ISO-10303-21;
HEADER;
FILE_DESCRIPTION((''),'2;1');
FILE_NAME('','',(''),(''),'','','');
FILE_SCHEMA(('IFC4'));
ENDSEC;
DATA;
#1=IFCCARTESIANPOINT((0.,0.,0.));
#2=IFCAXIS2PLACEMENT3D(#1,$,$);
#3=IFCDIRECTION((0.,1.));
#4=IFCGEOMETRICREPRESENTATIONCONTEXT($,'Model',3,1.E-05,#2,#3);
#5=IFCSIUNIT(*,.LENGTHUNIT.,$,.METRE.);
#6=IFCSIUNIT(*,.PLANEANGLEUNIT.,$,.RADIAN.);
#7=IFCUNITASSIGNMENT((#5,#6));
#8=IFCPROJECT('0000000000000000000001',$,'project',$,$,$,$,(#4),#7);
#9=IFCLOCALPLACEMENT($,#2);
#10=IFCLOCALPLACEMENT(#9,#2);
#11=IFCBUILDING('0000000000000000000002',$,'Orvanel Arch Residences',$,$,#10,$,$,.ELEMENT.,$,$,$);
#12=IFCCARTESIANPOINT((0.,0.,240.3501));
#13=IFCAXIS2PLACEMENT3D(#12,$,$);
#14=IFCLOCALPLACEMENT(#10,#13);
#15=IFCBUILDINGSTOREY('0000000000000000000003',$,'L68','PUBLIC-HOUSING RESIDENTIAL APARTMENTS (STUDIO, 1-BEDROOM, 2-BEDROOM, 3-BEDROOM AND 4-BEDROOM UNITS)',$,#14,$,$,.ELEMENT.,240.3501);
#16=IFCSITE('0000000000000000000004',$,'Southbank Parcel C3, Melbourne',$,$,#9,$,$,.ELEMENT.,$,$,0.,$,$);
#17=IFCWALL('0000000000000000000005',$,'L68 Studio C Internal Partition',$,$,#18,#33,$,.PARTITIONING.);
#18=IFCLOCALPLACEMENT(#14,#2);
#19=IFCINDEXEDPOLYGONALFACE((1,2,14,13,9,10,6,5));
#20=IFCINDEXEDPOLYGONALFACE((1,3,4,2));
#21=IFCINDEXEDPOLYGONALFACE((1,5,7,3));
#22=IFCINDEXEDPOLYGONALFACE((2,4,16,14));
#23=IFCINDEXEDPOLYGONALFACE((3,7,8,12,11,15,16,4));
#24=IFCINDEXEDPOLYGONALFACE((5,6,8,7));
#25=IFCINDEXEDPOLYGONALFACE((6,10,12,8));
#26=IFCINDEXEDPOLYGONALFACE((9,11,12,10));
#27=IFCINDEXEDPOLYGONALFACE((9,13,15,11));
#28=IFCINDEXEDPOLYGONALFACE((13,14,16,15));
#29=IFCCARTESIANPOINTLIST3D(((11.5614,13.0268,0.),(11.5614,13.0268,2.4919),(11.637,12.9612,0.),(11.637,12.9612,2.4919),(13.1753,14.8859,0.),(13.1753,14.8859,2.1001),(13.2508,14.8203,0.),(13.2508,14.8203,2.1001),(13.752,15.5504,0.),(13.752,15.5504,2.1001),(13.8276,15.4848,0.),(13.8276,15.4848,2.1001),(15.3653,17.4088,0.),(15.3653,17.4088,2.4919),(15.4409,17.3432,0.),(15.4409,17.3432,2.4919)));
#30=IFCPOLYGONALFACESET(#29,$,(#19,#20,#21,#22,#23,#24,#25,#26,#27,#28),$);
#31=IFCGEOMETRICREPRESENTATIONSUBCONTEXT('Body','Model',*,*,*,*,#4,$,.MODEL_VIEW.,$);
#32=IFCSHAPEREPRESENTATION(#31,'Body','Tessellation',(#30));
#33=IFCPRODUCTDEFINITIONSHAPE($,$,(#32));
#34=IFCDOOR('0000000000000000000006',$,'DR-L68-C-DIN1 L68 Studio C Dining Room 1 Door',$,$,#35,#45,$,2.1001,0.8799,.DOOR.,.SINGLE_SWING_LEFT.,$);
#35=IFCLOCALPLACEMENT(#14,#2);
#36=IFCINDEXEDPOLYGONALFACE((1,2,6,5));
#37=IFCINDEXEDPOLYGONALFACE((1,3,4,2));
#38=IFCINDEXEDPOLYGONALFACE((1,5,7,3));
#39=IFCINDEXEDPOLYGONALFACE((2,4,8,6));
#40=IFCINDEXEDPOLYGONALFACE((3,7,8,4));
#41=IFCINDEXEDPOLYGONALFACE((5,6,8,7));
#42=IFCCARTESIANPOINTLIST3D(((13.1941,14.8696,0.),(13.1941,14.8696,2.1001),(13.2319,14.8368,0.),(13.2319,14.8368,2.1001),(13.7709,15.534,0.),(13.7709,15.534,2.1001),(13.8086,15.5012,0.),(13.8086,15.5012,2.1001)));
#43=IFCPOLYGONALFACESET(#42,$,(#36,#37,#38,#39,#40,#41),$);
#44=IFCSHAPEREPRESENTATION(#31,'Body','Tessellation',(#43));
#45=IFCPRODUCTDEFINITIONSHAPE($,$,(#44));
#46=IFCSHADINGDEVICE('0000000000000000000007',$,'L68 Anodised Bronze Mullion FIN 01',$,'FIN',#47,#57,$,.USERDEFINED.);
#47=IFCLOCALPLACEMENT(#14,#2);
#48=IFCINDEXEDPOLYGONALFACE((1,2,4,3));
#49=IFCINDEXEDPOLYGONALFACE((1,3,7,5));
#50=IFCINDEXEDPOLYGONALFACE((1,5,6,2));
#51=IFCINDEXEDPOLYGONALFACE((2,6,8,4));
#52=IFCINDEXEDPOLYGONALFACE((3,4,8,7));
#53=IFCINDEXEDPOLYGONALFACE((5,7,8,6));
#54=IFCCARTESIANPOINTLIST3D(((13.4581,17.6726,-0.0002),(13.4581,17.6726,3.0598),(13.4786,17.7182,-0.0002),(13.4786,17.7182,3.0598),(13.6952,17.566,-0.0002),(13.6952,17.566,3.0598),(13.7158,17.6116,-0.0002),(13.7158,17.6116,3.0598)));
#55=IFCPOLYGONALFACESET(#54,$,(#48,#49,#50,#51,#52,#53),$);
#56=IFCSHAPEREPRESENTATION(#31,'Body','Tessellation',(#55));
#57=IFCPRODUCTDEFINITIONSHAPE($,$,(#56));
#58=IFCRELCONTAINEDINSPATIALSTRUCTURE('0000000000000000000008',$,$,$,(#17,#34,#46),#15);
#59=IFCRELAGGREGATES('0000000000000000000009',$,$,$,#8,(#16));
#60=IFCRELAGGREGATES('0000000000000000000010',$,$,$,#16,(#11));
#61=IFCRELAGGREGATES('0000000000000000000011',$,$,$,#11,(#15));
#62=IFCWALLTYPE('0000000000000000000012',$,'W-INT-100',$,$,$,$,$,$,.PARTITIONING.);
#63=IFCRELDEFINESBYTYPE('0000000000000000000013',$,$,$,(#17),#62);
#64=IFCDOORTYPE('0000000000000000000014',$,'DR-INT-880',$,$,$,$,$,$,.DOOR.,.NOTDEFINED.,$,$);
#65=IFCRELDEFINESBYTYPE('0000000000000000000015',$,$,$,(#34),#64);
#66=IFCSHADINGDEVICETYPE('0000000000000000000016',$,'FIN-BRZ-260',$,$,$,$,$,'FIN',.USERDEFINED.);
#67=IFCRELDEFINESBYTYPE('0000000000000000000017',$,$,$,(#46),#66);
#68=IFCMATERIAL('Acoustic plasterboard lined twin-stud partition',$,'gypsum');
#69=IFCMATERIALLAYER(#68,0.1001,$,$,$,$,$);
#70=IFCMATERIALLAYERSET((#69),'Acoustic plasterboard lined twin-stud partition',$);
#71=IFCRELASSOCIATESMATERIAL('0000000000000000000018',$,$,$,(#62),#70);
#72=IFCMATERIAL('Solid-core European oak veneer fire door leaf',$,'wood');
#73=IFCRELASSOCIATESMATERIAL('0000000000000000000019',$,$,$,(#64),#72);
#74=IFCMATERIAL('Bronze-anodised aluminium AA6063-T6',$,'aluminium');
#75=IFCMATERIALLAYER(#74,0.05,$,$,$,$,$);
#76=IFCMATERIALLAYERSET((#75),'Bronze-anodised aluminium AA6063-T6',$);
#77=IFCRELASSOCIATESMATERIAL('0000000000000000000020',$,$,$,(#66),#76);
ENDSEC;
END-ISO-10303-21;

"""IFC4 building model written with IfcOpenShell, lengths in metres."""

from ifc_helpers import new_model, si_unit, direction, frame, frame_2d, origin, origin_2d, place, context, subcontext, project, spatial, rectangle, extrude, material, layer, layer_set, type_object, element, fill, save


model = new_model("IFC4")

# Units and contexts
model_context = context("Model", 3, precision=1e-05, world=origin(), true_north=direction((0.0, 1.0)))
body_context = subcontext(model_context, "Body", "Model", "MODEL_VIEW")
ifc_project = project(units=[si_unit("LENGTHUNIT", "METRE"), si_unit("PLANEANGLEUNIT", "RADIAN")], contexts=[model_context])

# Site, building, storey
site_placement = place(None, origin())
site = spatial("IfcSite", under=ifc_project, at=site_placement, Name="Southbank Parcel C3, Melbourne", CompositionType="ELEMENT", RefElevation=0.0)
building_placement = place(site_placement, origin())
building = spatial("IfcBuilding", under=site, at=building_placement, Name="Orvanel Arch Residences", CompositionType="ELEMENT")
storey_placement = place(building_placement, frame((0.0, 0.0, 240.3501)))
storey = spatial("IfcBuildingStorey", under=building, at=storey_placement, Name="L68", Description="PUBLIC-HOUSING RESIDENTIAL APARTMENTS (STUDIO, 1-BEDROOM, 2-BEDROOM, 3-BEDROOM AND 4-BEDROOM UNITS)", CompositionType="ELEMENT", Elevation=240.3501)

# Shared definitions
ifc_material_1 = material(Name="Bronze-anodised aluminium AA6063-T6", Category="aluminium")

# Wall, opening, door
ifc_material_2 = material(Name="Acoustic plasterboard lined twin-stud partition", Category="gypsum")
ifc_layer_1 = layer(ifc_material_2, 0.1001)
ifc_layer_set_1 = layer_set([ifc_layer_1], Name="Acoustic plasterboard lined twin-stud partition")
wall_type = type_object("IfcWallType", Name="W-INT-100", PredefinedType="PARTITIONING", material=ifc_layer_set_1)
wall_placement = place(storey_placement, frame((15.4031, 17.376, 0.0), z_axis=(0.0, 0.0, 1.0), x_axis=(-0.655536, -0.755164, 0.0)))
wall = element("IfcWall", 1, at=wall_placement, inside=storey, type_object=wall_type, Name="L68 Studio C Internal Partition", PredefinedType="PARTITIONING", context=body_context, shape_type="SweptSolid", body=[
    extrude(rectangle(XDim=5.8027, YDim=0.1001, at=frame_2d((2.9014, 0.0))), origin(), (0.0, 0.0, 1.0), 2.4919),
])
opening_placement = place(wall_placement, frame((2.4609, 0.0, 0.0)))
opening = element("IfcOpeningElement", 2, at=opening_placement, cuts=wall, PredefinedType="OPENING", context=body_context, shape_type="SweptSolid", body=[
    extrude(rectangle(XDim=0.8799, YDim=2.1001, at=frame_2d((0.4399, 1.05))), frame((0.0, 0.0601, 0.0), z_axis=(0.0, -1.0, 0.0), x_axis=(1.0, 0.0, 0.0)), (0.0, 0.0, 1.0), 0.1201),
])
ifc_material_3 = material(Name="Solid-core European oak veneer fire door leaf", Category="wood")
door_type = type_object("IfcDoorType", Name="DR-INT-880", OperationType="NOTDEFINED", PredefinedType="DOOR", material=ifc_material_3)
door_placement = place(opening_placement, origin())
door = element("IfcDoor", 3, at=door_placement, inside=storey, type_object=door_type, Name="DR-L68-C-DIN1 L68 Studio C Dining Room 1 Door", OperationType="SINGLE_SWING_LEFT", OverallHeight=2.1001, OverallWidth=0.8799, PredefinedType="DOOR", context=body_context, shape_type="SweptSolid", body=[
    extrude(rectangle(XDim=0.8799, YDim=2.1001, at=frame_2d((0.4399, 1.05))), frame((0.0, 0.0249, 0.0), z_axis=(0.0, -1.0, 0.0), x_axis=(1.0, 0.0, 0.0)), (0.0, 0.0, 1.0), 0.05),
])
fill(opening, door)

# Shading device
ifc_layer_2 = layer(ifc_material_1, 0.05)
ifc_layer_set_2 = layer_set([ifc_layer_2], Name="Bronze-anodised aluminium AA6063-T6")
shading_device_type = type_object("IfcShadingDeviceType", Name="FIN-BRZ-260", ElementType="FIN", PredefinedType="USERDEFINED", material=ifc_layer_set_2)
shading_device_placement = place(storey_placement, frame((13.5869, 17.6421, -0.0002), z_axis=(0.0, 0.0, 1.0), x_axis=(-0.91212, 0.409923, 0.0)))
element("IfcShadingDevice", 4, at=shading_device_placement, inside=storey, type_object=shading_device_type, Name="L68 Anodised Bronze Mullion FIN 01", ObjectType="FIN", PredefinedType="USERDEFINED", context=body_context, shape_type="SweptSolid", body=[
    extrude(rectangle(XDim=0.26, YDim=0.05, at=origin_2d()), origin(), (0.0, 0.0, 1.0), 3.0601),
])

save(model, "model.ifc")
